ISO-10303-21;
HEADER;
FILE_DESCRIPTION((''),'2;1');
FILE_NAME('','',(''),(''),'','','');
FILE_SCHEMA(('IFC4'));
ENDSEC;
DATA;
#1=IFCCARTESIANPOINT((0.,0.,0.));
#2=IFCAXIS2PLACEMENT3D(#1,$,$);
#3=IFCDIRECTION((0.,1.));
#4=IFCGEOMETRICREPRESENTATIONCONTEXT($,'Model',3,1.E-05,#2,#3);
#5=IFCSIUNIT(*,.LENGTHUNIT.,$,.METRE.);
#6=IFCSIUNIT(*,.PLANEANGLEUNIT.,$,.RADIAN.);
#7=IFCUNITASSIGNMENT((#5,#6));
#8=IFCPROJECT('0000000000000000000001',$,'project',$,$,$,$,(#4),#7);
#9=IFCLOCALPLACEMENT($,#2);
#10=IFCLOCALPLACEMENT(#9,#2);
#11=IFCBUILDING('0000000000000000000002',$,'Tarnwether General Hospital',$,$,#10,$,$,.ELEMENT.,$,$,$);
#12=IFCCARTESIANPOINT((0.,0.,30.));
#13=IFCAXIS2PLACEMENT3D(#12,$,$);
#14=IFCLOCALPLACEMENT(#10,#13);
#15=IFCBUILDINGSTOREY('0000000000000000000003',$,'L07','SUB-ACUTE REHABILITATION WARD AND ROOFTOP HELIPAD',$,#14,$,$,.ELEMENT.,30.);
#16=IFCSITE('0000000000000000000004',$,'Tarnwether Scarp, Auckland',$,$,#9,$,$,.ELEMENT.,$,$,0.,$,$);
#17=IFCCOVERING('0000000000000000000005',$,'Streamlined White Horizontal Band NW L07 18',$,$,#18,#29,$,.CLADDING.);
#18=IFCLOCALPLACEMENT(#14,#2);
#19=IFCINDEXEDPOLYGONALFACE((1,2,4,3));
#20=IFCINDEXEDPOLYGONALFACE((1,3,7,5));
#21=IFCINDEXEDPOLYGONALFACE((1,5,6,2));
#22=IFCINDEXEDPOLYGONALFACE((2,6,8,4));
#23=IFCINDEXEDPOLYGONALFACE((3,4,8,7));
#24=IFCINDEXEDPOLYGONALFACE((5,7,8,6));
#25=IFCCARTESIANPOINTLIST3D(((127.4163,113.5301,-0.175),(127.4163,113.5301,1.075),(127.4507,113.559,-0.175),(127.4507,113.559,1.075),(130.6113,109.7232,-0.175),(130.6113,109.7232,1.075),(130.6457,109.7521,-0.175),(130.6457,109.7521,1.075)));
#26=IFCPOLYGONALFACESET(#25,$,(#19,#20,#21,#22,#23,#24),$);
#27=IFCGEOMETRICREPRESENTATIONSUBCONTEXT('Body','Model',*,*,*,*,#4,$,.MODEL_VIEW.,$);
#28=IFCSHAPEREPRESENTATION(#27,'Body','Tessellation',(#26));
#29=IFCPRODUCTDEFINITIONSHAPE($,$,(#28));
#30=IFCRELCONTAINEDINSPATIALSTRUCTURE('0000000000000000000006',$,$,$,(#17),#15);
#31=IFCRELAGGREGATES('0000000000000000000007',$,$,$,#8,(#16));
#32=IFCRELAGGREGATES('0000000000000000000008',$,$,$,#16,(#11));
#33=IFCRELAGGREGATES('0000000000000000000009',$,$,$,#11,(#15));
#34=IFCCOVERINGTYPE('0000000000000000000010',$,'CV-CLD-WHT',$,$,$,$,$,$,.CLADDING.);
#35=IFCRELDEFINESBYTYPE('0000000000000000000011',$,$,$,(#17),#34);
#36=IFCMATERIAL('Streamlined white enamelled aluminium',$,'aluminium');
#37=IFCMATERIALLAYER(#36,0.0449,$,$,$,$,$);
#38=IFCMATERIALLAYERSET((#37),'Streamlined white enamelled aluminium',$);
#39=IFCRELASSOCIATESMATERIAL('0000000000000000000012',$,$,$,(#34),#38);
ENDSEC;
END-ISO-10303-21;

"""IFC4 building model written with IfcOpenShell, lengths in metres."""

from ifc_helpers import new_model, si_unit, direction, frame, origin, origin_2d, place, context, subcontext, project, spatial, rectangle, extrude, material, layer, layer_set, type_object, element, save


model = new_model("IFC4")

# Units and contexts
model_context = context("Model", 3, precision=1e-05, world=origin(), true_north=direction((0.0, 1.0)))
body_context = subcontext(model_context, "Body", "Model", "MODEL_VIEW")
ifc_project = project(units=[si_unit("LENGTHUNIT", "METRE"), si_unit("PLANEANGLEUNIT", "RADIAN")], contexts=[model_context])

# Site, building, storey
site_placement = place(None, origin())
site = spatial("IfcSite", under=ifc_project, at=site_placement, Name="Tarnwether Scarp, Auckland", CompositionType="ELEMENT", RefElevation=0.0)
building_placement = place(site_placement, origin())
building = spatial("IfcBuilding", under=site, at=building_placement, Name="Tarnwether General Hospital", CompositionType="ELEMENT")
storey_placement = place(building_placement, frame((0.0, 0.0, 30.0)))
storey = spatial("IfcBuildingStorey", under=building, at=storey_placement, Name="L07", Description="SUB-ACUTE REHABILITATION WARD AND ROOFTOP HELIPAD", CompositionType="ELEMENT", Elevation=30.0)

# Covering
ifc_material_1 = material(Name="Streamlined white enamelled aluminium", Category="aluminium")
ifc_layer_1 = layer(ifc_material_1, 0.0449)
ifc_layer_set_1 = layer_set([ifc_layer_1], Name="Streamlined white enamelled aluminium")
covering_type = type_object("IfcCoveringType", Name="CV-CLD-WHT", PredefinedType="CLADDING", material=ifc_layer_set_1)
covering_placement = place(storey_placement, frame((129.031, 111.6411, -0.175), z_axis=(0.0, 0.0, 1.0), x_axis=(0.642854, -0.765988, 0.0)))
element("IfcCovering", 1, at=covering_placement, inside=storey, type_object=covering_type, Name="Streamlined White Horizontal Band NW L07 18", PredefinedType="CLADDING", context=body_context, shape_type="SweptSolid", body=[
    extrude(rectangle(XDim=4.97, YDim=0.0449, at=origin_2d()), origin(), (0.0, 0.0, 1.0), 1.25),
])

save(model, "model.ifc")
